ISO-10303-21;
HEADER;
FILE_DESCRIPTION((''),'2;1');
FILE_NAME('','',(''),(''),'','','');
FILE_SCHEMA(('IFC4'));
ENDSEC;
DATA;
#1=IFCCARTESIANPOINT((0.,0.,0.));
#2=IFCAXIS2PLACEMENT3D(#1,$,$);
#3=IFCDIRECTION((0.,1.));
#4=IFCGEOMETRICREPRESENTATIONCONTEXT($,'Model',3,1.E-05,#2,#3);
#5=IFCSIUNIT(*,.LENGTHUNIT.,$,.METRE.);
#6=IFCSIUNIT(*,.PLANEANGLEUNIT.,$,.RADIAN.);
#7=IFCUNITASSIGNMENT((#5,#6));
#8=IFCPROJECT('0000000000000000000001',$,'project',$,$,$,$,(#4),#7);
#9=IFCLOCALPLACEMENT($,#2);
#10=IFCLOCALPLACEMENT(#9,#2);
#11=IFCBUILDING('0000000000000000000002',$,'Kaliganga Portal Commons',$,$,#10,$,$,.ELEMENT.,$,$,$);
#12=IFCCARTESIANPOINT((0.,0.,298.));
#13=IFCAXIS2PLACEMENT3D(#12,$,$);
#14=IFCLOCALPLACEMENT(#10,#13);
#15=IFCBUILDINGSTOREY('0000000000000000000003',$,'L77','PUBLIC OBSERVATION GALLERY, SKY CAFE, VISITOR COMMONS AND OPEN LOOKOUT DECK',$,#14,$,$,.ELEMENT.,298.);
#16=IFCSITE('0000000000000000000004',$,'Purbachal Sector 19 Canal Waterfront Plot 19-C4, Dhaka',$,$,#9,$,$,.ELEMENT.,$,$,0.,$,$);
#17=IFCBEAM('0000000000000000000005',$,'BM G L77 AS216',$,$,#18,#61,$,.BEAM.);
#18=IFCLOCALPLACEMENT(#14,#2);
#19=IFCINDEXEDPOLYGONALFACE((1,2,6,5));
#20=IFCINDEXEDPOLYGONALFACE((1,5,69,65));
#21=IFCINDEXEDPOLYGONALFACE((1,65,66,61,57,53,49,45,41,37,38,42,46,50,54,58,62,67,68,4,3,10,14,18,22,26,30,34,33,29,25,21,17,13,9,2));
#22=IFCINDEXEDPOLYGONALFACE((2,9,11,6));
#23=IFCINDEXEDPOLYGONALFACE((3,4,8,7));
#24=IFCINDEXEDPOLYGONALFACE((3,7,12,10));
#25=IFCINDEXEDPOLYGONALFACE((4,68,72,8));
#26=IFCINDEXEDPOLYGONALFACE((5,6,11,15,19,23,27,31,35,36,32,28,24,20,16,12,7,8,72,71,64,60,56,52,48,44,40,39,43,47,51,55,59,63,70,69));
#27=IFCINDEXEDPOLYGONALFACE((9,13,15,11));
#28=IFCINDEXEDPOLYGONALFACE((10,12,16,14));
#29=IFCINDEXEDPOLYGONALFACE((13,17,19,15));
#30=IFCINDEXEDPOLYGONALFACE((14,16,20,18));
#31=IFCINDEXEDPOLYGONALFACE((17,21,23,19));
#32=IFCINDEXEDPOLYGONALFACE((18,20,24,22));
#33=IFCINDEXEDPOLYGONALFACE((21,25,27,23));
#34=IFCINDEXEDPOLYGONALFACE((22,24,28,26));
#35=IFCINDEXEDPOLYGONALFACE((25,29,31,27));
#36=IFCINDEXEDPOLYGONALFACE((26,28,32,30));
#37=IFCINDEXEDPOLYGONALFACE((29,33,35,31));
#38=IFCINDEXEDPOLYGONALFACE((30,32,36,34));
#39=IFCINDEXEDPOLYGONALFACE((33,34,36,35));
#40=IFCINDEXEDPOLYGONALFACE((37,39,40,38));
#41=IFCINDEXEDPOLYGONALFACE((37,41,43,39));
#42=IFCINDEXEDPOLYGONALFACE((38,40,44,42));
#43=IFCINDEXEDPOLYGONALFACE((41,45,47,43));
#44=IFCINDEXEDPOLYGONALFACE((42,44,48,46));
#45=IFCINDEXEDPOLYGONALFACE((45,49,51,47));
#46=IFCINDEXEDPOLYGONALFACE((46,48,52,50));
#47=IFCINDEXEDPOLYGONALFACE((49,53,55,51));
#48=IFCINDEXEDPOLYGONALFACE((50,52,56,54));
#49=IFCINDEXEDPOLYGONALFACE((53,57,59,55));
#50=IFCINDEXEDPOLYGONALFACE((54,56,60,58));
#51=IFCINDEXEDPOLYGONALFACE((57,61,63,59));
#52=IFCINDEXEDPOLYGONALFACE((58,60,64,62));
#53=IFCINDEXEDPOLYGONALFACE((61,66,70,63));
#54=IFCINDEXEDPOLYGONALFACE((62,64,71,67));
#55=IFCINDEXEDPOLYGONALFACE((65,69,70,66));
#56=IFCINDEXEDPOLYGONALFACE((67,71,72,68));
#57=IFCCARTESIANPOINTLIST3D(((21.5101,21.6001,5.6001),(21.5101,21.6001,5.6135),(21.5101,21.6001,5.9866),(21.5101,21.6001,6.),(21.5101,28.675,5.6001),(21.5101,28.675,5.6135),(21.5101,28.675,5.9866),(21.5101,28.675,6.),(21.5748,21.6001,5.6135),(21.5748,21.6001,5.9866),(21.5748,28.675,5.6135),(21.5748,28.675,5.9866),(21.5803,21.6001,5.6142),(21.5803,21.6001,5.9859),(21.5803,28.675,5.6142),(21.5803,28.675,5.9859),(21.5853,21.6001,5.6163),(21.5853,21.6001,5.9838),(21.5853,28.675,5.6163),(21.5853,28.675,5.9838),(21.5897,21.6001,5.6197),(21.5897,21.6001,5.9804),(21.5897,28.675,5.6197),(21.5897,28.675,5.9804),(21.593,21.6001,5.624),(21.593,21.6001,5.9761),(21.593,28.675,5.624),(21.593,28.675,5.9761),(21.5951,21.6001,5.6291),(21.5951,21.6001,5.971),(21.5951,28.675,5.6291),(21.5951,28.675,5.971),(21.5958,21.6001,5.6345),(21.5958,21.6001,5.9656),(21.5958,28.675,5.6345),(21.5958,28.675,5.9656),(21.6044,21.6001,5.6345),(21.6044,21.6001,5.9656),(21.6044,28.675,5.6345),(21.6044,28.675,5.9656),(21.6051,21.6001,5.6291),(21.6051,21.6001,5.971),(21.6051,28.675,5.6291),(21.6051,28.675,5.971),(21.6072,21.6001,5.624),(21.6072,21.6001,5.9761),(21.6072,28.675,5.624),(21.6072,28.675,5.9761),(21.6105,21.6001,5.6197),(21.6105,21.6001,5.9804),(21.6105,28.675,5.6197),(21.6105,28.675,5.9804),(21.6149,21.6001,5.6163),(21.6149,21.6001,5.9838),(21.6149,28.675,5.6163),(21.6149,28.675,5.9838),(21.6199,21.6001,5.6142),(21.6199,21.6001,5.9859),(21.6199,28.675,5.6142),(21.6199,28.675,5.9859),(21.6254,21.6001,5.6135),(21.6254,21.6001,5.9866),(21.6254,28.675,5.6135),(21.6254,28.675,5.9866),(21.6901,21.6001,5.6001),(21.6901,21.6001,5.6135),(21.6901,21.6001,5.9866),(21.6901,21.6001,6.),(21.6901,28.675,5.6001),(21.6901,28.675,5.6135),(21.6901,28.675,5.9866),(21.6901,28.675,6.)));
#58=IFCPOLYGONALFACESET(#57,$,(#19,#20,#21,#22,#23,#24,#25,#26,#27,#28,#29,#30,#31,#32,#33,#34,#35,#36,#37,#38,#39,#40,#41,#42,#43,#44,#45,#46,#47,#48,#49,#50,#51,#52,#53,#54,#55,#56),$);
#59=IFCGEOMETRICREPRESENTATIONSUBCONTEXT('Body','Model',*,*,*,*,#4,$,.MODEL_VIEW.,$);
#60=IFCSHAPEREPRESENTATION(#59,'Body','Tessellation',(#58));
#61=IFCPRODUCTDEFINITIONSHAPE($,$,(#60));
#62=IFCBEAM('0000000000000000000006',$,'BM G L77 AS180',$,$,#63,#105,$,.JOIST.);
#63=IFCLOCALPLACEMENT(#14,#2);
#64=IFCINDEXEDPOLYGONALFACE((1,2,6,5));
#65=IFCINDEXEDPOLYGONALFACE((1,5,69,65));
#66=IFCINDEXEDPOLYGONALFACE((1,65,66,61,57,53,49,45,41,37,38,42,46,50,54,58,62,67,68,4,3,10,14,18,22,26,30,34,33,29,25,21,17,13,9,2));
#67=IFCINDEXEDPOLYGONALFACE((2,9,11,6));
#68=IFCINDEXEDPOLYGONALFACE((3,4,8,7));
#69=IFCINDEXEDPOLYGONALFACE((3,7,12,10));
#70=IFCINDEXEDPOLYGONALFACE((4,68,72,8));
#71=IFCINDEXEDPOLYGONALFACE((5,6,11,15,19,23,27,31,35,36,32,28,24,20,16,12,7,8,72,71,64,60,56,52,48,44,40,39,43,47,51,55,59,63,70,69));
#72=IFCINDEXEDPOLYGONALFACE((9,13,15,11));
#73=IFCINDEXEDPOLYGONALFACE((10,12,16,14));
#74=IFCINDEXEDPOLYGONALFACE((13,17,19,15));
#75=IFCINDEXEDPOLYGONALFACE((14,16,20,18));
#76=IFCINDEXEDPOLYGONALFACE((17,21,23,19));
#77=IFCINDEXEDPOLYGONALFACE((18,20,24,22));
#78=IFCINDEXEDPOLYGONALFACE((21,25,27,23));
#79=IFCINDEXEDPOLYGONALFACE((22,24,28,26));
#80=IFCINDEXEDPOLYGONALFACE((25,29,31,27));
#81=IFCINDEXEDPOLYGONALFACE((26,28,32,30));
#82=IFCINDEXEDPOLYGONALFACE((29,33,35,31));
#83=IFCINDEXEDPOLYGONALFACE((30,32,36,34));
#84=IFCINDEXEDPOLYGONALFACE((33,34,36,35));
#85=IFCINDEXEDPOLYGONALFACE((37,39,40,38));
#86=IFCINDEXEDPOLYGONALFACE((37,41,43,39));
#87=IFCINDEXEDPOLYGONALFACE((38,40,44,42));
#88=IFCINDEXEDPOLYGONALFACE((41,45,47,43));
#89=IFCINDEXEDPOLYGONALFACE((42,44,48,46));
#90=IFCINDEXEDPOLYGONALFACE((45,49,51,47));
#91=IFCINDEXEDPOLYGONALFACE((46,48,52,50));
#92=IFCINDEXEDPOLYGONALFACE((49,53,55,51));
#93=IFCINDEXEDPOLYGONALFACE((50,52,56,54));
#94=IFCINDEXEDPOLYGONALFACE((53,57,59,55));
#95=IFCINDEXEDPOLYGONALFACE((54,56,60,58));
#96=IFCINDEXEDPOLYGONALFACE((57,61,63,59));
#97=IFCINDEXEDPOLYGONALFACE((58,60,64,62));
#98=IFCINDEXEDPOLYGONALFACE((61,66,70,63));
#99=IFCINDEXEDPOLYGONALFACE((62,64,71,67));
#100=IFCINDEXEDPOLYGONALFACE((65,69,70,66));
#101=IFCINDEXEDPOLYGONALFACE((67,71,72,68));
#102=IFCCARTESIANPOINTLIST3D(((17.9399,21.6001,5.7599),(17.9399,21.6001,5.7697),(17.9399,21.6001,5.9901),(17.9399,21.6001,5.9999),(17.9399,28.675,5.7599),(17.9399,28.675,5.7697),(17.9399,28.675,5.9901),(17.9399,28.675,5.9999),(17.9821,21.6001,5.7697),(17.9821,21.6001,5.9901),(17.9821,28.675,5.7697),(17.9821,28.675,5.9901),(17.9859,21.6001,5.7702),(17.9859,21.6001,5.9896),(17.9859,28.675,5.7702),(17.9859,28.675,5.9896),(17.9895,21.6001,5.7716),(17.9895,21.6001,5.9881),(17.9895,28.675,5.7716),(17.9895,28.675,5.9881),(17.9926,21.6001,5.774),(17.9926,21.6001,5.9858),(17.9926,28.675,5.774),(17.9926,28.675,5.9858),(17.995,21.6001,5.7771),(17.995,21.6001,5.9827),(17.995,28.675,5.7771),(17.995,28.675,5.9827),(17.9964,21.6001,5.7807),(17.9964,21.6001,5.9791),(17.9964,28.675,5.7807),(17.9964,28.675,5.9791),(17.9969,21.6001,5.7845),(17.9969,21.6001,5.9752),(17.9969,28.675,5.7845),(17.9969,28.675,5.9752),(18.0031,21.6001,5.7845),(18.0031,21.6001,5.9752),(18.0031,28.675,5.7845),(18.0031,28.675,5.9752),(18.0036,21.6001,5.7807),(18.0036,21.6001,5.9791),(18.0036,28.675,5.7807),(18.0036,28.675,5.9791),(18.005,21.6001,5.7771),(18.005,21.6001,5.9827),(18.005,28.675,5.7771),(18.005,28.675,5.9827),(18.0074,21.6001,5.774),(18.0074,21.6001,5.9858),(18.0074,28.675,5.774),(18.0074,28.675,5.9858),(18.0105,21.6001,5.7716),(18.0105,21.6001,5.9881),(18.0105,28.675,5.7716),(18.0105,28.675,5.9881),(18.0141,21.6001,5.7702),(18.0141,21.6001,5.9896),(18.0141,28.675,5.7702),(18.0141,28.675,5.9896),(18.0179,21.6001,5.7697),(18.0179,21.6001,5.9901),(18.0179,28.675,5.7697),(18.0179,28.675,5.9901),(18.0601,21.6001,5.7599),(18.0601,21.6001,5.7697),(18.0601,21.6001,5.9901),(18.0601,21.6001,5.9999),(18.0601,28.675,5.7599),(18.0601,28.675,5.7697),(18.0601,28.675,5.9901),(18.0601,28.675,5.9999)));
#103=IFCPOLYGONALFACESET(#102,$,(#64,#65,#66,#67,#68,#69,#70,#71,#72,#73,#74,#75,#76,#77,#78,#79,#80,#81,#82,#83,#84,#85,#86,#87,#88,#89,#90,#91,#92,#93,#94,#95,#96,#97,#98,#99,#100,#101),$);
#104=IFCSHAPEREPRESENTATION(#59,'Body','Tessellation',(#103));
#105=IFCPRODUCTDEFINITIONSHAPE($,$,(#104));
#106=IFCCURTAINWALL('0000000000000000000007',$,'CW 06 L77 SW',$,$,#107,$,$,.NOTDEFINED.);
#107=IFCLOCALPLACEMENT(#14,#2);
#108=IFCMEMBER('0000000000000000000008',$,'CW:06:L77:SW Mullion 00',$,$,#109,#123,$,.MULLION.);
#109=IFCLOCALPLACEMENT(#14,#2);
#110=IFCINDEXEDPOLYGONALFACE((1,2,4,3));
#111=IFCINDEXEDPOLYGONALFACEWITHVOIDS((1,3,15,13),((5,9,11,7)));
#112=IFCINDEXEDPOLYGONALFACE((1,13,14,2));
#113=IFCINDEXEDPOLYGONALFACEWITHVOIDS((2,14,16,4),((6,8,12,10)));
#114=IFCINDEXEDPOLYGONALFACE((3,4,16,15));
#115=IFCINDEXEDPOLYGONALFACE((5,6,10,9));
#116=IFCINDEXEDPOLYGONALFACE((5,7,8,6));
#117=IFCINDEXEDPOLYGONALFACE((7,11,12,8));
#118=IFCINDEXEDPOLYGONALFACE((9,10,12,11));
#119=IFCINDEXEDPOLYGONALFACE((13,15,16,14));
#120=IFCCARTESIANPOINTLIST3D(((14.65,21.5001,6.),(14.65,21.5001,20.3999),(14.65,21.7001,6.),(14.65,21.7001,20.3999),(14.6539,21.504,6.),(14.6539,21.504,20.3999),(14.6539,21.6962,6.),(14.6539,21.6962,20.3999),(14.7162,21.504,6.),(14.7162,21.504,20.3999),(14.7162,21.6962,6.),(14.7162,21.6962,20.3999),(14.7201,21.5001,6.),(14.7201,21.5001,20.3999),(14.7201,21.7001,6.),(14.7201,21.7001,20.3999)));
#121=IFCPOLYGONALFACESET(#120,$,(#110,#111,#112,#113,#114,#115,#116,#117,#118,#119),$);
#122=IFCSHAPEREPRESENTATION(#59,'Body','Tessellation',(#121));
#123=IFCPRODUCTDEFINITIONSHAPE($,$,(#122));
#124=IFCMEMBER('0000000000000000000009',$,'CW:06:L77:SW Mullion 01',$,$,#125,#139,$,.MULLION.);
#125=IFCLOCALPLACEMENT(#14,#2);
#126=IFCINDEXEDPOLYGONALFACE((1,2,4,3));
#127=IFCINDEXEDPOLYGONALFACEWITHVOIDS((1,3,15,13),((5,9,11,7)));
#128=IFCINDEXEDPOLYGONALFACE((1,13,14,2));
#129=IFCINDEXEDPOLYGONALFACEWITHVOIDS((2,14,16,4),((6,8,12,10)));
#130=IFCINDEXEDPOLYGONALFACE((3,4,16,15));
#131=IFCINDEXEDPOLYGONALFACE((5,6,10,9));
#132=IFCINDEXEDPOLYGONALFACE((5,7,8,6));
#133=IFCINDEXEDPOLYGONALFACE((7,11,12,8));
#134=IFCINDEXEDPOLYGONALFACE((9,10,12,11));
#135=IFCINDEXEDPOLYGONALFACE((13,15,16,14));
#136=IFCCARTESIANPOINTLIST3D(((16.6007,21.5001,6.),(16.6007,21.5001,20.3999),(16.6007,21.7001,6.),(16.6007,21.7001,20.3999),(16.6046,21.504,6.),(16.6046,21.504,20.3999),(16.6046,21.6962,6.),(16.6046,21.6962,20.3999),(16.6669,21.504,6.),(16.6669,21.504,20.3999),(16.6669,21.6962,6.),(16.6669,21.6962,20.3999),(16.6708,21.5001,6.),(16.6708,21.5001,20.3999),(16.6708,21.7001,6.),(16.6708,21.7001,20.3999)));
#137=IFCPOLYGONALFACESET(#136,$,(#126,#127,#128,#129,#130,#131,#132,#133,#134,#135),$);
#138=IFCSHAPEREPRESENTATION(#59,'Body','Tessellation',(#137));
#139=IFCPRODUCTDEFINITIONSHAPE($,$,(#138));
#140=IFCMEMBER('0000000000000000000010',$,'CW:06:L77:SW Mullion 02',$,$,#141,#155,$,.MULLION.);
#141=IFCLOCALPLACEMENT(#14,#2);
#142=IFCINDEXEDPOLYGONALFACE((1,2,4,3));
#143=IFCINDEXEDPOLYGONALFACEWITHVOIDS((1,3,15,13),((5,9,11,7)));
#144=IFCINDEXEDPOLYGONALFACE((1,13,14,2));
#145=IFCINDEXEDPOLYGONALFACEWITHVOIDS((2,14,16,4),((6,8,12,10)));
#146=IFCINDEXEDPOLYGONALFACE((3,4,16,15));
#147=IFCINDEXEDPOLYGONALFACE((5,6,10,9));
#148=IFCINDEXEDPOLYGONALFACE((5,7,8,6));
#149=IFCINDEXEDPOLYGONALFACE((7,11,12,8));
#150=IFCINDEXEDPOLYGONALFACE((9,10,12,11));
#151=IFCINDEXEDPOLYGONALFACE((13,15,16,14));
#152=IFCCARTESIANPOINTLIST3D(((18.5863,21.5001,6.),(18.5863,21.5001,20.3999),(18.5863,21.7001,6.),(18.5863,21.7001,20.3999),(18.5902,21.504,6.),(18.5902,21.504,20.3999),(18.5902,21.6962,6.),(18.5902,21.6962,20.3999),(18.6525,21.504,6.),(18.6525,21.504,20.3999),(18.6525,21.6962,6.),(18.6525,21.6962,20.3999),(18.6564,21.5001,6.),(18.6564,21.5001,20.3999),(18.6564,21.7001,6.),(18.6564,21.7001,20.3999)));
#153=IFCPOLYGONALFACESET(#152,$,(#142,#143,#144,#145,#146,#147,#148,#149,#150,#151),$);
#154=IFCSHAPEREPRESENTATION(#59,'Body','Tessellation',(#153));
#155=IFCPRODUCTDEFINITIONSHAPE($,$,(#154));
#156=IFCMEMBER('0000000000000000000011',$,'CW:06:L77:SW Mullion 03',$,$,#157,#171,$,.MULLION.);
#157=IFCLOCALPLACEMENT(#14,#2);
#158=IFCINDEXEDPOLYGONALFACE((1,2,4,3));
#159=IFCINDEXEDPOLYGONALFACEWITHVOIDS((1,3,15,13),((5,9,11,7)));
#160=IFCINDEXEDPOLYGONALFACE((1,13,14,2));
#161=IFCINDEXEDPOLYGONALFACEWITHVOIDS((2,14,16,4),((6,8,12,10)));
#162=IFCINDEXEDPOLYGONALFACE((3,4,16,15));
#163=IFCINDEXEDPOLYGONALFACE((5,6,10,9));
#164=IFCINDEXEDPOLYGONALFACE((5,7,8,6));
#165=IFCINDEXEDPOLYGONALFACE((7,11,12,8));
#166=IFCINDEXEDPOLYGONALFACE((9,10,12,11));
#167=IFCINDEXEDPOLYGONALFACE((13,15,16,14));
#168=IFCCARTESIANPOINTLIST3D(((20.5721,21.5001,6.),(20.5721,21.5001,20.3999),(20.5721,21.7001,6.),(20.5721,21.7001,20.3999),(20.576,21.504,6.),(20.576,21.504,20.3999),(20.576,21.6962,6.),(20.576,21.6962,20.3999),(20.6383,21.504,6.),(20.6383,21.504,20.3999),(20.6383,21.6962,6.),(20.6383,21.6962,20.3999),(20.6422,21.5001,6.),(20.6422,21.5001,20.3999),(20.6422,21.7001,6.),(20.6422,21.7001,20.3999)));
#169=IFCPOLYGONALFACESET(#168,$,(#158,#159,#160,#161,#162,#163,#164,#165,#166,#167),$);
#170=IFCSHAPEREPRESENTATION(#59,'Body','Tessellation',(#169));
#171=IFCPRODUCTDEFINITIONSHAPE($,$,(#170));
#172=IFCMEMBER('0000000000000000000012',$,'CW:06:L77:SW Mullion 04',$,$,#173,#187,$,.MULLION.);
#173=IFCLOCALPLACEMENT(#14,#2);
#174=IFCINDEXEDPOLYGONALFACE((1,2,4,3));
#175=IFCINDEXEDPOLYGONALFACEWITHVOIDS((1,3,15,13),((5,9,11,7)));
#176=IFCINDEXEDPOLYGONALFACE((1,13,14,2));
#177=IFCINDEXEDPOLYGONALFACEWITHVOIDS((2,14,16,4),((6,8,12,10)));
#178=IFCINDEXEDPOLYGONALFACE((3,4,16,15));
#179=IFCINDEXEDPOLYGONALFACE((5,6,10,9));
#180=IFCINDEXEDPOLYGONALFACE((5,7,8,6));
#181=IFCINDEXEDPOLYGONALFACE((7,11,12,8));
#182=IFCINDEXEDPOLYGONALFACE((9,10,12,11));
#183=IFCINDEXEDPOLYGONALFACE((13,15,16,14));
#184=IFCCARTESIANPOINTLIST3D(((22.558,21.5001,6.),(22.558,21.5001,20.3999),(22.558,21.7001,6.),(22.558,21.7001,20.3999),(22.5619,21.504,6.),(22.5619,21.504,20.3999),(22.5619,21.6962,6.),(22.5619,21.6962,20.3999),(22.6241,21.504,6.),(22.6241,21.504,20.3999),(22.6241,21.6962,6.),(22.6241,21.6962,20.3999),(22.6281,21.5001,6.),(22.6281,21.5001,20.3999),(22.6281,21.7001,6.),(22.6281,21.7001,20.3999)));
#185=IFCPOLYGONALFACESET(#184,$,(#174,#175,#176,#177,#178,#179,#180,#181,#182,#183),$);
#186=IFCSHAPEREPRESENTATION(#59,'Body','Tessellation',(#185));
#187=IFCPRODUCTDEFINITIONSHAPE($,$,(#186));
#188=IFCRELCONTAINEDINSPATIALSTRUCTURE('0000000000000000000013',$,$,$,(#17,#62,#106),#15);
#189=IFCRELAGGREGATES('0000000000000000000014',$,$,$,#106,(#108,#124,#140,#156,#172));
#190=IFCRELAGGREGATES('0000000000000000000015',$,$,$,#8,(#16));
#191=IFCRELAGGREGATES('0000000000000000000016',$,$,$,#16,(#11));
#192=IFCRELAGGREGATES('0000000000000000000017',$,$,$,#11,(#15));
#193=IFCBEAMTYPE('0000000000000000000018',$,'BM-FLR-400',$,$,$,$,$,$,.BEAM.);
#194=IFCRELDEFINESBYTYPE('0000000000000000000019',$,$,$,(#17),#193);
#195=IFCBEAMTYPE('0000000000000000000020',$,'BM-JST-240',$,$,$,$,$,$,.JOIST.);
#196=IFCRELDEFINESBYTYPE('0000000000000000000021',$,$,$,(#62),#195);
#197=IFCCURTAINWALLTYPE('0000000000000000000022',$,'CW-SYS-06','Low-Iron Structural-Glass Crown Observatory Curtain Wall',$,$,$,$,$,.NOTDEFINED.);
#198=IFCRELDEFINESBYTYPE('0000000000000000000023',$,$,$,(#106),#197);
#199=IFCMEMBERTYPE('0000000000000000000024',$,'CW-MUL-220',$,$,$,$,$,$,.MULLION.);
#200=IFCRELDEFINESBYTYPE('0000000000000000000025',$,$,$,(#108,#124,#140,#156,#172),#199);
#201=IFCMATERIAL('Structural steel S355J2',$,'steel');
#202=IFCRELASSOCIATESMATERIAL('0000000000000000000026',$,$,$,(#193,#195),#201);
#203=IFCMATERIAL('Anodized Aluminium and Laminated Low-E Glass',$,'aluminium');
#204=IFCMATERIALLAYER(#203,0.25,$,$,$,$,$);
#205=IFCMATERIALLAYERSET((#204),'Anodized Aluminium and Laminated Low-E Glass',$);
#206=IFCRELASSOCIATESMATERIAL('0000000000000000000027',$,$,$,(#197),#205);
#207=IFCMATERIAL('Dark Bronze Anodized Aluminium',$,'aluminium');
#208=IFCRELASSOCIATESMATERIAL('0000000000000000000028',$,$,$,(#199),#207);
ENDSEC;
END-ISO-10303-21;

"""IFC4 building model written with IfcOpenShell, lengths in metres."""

from ifc_helpers import new_model, si_unit, direction, frame, origin, origin_2d, place, context, subcontext, project, spatial, hollow_rectangle, i_section, extrude, source, transform, mapped, material, layer, layer_set, material_profile, profile_set, type_object, element, aggregate, save


model = new_model("IFC4")

# Units and contexts
model_context = context("Model", 3, precision=1e-05, world=origin(), true_north=direction((0.0, 1.0)))
body_context = subcontext(model_context, "Body", "Model", "MODEL_VIEW")
ifc_project = project(units=[si_unit("LENGTHUNIT", "METRE"), si_unit("PLANEANGLEUNIT", "RADIAN")], contexts=[model_context])

# Site, building, storey
site_placement = place(None, origin())
site = spatial("IfcSite", under=ifc_project, at=site_placement, Name="Purbachal Sector 19 Canal Waterfront Plot 19-C4, Dhaka", CompositionType="ELEMENT", RefElevation=0.0)
building_placement = place(site_placement, origin())
building = spatial("IfcBuilding", under=site, at=building_placement, Name="Kaliganga Portal Commons", CompositionType="ELEMENT")
storey_placement = place(building_placement, frame((0.0, 0.0, 298.0)))
storey = spatial("IfcBuildingStorey", under=building, at=storey_placement, Name="L77", Description="PUBLIC OBSERVATION GALLERY, SKY CAFE, VISITOR COMMONS AND OPEN LOOKOUT DECK", CompositionType="ELEMENT", Elevation=298.0)

# Beams
ifc_material_1 = material(Name="Structural steel S355J2", Category="steel")
ifc_material_profile_1 = material_profile(ifc_material_1, i_section(OverallWidth=0.1799, OverallDepth=0.3999, WebThickness=0.0085, FlangeThickness=0.0134, FilletRadius=0.021, at=origin_2d()), Name="IPE 400")
ifc_profile_set_1 = profile_set([ifc_material_profile_1], Name="Structural steel S355J2 wide-flange")
beam_type_1 = type_object("IfcBeamType", Name="BM-FLR-400", PredefinedType="BEAM", material=ifc_profile_set_1)
shared_shape_1 = source(origin(), body_context, "Body", "SweptSolid", [
    extrude(i_section(OverallWidth=0.1799, OverallDepth=0.3999, WebThickness=0.0085, FlangeThickness=0.0134, FilletRadius=0.021, at=origin_2d()), origin(), (0.0, 0.0, 1.0), 7.075),
])
beam_1_placement = place(storey_placement, frame((21.6001, 21.6001, 5.8), z_axis=(0.0, 1.0, 0.0), x_axis=(-1.0, 0.0, 0.0)))
element("IfcBeam", 1, at=beam_1_placement, inside=storey, type_object=beam_type_1, Name="BM G L77 AS216", PredefinedType="BEAM", context=body_context, shape_type="MappedRepresentation", body=[
    mapped(shared_shape_1, transform((0.0, 0.0, 0.0), x_axis=(1.0, 0.0, 0.0), y_axis=(0.0, 1.0, 0.0), z_axis=(0.0, 0.0, 1.0), scale=1.0)),
])
ifc_material_profile_2 = material_profile(ifc_material_1, i_section(OverallWidth=0.1201, OverallDepth=0.24, WebThickness=0.0061, FlangeThickness=0.0098, FilletRadius=0.0149, at=origin_2d()), Name="IPE 240")
ifc_profile_set_2 = profile_set([ifc_material_profile_2], Name="Structural steel S355J2 wide-flange")
beam_type_2 = type_object("IfcBeamType", Name="BM-JST-240", PredefinedType="JOIST", material=ifc_profile_set_2)
shared_shape_2 = source(origin(), body_context, "Body", "SweptSolid", [
    extrude(i_section(OverallWidth=0.1201, OverallDepth=0.24, WebThickness=0.0061, FlangeThickness=0.0098, FilletRadius=0.0149, at=origin_2d()), origin(), (0.0, 0.0, 1.0), 7.075),
])
beam_2_placement = place(storey_placement, frame((18.0, 21.6001, 5.8799), z_axis=(0.0, 1.0, 0.0), x_axis=(-1.0, 0.0, 0.0)))
element("IfcBeam", 2, at=beam_2_placement, inside=storey, type_object=beam_type_2, Name="BM G L77 AS180", PredefinedType="JOIST", context=body_context, shape_type="MappedRepresentation", body=[
    mapped(shared_shape_2, transform((0.0, 0.0, 0.0), x_axis=(1.0, 0.0, 0.0), y_axis=(0.0, 1.0, 0.0), z_axis=(0.0, 0.0, 1.0), scale=1.0)),
])

# Curtain wall, members
ifc_material_2 = material(Name="Anodized Aluminium and Laminated Low-E Glass", Category="aluminium")
ifc_layer_1 = layer(ifc_material_2, 0.25)
ifc_layer_set_1 = layer_set([ifc_layer_1], Name="Anodized Aluminium and Laminated Low-E Glass")
curtain_wall_type = type_object("IfcCurtainWallType", Name="CW-SYS-06", Description="Low-Iron Structural-Glass Crown Observatory Curtain Wall", PredefinedType="NOTDEFINED", material=ifc_layer_set_1)
curtain_wall_1_placement = place(storey_placement, origin())
curtain_wall_1 = element("IfcCurtainWall", 3, at=curtain_wall_1_placement, inside=storey, type_object=curtain_wall_type, Name="CW 06 L77 SW", PredefinedType="NOTDEFINED")
ifc_material_3 = material(Name="Dark Bronze Anodized Aluminium", Category="aluminium")
ifc_material_profile_3 = material_profile(ifc_material_3, hollow_rectangle(XDim=0.0701, YDim=0.2, WallThickness=0.0039, at=origin_2d()), Name="ALU MULL 70x200x4")
ifc_profile_set_3 = profile_set([ifc_material_profile_3], Name="Dark Bronze Anodized Aluminium")
member_type = type_object("IfcMemberType", Name="CW-MUL-220", PredefinedType="MULLION", material=ifc_profile_set_3)
shared_shape_3 = source(origin(), body_context, "Body", "SweptSolid", [
    extrude(hollow_rectangle(XDim=0.0701, YDim=0.2, WallThickness=0.0039, at=origin_2d()), origin(), (0.0, 0.0, 1.0), 14.3999),
])
member_1_placement = place(storey_placement, frame((14.6851, 21.6001, 6.0), z_axis=(0.0, 0.0, 1.0), x_axis=(1.0, 0.0, 0.0)))
member_1 = element("IfcMember", 4, at=member_1_placement, type_object=member_type, Name="CW:06:L77:SW Mullion 00", PredefinedType="MULLION", context=body_context, shape_type="MappedRepresentation", body=[
    mapped(shared_shape_3, transform((0.0, 0.0, 0.0), x_axis=(1.0, 0.0, 0.0), y_axis=(0.0, 1.0, 0.0), z_axis=(0.0, 0.0, 1.0), scale=1.0)),
])
member_2_placement = place(storey_placement, frame((16.6357, 21.6001, 6.0), z_axis=(0.0, 0.0, 1.0), x_axis=(1.0, 0.0, 0.0)))
member_2 = element("IfcMember", 5, at=member_2_placement, type_object=member_type, Name="CW:06:L77:SW Mullion 01", PredefinedType="MULLION", context=body_context, shape_type="MappedRepresentation", body=[
    mapped(shared_shape_3, transform((0.0, 0.0, 0.0), x_axis=(1.0, 0.0, 0.0), y_axis=(0.0, 1.0, 0.0), z_axis=(0.0, 0.0, 1.0), scale=1.0)),
])
member_3_placement = place(storey_placement, frame((18.6213, 21.6001, 6.0), z_axis=(0.0, 0.0, 1.0), x_axis=(1.0, 0.0, 0.0)))
member_3 = element("IfcMember", 6, at=member_3_placement, type_object=member_type, Name="CW:06:L77:SW Mullion 02", PredefinedType="MULLION", context=body_context, shape_type="MappedRepresentation", body=[
    mapped(shared_shape_3, transform((0.0, 0.0, 0.0), x_axis=(1.0, 0.0, 0.0), y_axis=(0.0, 1.0, 0.0), z_axis=(0.0, 0.0, 1.0), scale=1.0)),
])
member_4_placement = place(storey_placement, frame((20.6072, 21.6001, 6.0), z_axis=(0.0, 0.0, 1.0), x_axis=(1.0, 0.0, 0.0)))
member_4 = element("IfcMember", 7, at=member_4_placement, type_object=member_type, Name="CW:06:L77:SW Mullion 03", PredefinedType="MULLION", context=body_context, shape_type="MappedRepresentation", body=[
    mapped(shared_shape_3, transform((0.0, 0.0, 0.0), x_axis=(1.0, 0.0, 0.0), y_axis=(0.0, 1.0, 0.0), z_axis=(0.0, 0.0, 1.0), scale=1.0)),
])
member_5_placement = place(storey_placement, frame((22.593, 21.6001, 6.0), z_axis=(0.0, 0.0, 1.0), x_axis=(1.0, 0.0, 0.0)))
member_5 = element("IfcMember", 8, at=member_5_placement, type_object=member_type, Name="CW:06:L77:SW Mullion 04", PredefinedType="MULLION", context=body_context, shape_type="MappedRepresentation", body=[
    mapped(shared_shape_3, transform((0.0, 0.0, 0.0), x_axis=(1.0, 0.0, 0.0), y_axis=(0.0, 1.0, 0.0), z_axis=(0.0, 0.0, 1.0), scale=1.0)),
])
aggregate(curtain_wall_1, [member_1, member_2, member_3, member_4, member_5])

save(model, "model.ifc")
